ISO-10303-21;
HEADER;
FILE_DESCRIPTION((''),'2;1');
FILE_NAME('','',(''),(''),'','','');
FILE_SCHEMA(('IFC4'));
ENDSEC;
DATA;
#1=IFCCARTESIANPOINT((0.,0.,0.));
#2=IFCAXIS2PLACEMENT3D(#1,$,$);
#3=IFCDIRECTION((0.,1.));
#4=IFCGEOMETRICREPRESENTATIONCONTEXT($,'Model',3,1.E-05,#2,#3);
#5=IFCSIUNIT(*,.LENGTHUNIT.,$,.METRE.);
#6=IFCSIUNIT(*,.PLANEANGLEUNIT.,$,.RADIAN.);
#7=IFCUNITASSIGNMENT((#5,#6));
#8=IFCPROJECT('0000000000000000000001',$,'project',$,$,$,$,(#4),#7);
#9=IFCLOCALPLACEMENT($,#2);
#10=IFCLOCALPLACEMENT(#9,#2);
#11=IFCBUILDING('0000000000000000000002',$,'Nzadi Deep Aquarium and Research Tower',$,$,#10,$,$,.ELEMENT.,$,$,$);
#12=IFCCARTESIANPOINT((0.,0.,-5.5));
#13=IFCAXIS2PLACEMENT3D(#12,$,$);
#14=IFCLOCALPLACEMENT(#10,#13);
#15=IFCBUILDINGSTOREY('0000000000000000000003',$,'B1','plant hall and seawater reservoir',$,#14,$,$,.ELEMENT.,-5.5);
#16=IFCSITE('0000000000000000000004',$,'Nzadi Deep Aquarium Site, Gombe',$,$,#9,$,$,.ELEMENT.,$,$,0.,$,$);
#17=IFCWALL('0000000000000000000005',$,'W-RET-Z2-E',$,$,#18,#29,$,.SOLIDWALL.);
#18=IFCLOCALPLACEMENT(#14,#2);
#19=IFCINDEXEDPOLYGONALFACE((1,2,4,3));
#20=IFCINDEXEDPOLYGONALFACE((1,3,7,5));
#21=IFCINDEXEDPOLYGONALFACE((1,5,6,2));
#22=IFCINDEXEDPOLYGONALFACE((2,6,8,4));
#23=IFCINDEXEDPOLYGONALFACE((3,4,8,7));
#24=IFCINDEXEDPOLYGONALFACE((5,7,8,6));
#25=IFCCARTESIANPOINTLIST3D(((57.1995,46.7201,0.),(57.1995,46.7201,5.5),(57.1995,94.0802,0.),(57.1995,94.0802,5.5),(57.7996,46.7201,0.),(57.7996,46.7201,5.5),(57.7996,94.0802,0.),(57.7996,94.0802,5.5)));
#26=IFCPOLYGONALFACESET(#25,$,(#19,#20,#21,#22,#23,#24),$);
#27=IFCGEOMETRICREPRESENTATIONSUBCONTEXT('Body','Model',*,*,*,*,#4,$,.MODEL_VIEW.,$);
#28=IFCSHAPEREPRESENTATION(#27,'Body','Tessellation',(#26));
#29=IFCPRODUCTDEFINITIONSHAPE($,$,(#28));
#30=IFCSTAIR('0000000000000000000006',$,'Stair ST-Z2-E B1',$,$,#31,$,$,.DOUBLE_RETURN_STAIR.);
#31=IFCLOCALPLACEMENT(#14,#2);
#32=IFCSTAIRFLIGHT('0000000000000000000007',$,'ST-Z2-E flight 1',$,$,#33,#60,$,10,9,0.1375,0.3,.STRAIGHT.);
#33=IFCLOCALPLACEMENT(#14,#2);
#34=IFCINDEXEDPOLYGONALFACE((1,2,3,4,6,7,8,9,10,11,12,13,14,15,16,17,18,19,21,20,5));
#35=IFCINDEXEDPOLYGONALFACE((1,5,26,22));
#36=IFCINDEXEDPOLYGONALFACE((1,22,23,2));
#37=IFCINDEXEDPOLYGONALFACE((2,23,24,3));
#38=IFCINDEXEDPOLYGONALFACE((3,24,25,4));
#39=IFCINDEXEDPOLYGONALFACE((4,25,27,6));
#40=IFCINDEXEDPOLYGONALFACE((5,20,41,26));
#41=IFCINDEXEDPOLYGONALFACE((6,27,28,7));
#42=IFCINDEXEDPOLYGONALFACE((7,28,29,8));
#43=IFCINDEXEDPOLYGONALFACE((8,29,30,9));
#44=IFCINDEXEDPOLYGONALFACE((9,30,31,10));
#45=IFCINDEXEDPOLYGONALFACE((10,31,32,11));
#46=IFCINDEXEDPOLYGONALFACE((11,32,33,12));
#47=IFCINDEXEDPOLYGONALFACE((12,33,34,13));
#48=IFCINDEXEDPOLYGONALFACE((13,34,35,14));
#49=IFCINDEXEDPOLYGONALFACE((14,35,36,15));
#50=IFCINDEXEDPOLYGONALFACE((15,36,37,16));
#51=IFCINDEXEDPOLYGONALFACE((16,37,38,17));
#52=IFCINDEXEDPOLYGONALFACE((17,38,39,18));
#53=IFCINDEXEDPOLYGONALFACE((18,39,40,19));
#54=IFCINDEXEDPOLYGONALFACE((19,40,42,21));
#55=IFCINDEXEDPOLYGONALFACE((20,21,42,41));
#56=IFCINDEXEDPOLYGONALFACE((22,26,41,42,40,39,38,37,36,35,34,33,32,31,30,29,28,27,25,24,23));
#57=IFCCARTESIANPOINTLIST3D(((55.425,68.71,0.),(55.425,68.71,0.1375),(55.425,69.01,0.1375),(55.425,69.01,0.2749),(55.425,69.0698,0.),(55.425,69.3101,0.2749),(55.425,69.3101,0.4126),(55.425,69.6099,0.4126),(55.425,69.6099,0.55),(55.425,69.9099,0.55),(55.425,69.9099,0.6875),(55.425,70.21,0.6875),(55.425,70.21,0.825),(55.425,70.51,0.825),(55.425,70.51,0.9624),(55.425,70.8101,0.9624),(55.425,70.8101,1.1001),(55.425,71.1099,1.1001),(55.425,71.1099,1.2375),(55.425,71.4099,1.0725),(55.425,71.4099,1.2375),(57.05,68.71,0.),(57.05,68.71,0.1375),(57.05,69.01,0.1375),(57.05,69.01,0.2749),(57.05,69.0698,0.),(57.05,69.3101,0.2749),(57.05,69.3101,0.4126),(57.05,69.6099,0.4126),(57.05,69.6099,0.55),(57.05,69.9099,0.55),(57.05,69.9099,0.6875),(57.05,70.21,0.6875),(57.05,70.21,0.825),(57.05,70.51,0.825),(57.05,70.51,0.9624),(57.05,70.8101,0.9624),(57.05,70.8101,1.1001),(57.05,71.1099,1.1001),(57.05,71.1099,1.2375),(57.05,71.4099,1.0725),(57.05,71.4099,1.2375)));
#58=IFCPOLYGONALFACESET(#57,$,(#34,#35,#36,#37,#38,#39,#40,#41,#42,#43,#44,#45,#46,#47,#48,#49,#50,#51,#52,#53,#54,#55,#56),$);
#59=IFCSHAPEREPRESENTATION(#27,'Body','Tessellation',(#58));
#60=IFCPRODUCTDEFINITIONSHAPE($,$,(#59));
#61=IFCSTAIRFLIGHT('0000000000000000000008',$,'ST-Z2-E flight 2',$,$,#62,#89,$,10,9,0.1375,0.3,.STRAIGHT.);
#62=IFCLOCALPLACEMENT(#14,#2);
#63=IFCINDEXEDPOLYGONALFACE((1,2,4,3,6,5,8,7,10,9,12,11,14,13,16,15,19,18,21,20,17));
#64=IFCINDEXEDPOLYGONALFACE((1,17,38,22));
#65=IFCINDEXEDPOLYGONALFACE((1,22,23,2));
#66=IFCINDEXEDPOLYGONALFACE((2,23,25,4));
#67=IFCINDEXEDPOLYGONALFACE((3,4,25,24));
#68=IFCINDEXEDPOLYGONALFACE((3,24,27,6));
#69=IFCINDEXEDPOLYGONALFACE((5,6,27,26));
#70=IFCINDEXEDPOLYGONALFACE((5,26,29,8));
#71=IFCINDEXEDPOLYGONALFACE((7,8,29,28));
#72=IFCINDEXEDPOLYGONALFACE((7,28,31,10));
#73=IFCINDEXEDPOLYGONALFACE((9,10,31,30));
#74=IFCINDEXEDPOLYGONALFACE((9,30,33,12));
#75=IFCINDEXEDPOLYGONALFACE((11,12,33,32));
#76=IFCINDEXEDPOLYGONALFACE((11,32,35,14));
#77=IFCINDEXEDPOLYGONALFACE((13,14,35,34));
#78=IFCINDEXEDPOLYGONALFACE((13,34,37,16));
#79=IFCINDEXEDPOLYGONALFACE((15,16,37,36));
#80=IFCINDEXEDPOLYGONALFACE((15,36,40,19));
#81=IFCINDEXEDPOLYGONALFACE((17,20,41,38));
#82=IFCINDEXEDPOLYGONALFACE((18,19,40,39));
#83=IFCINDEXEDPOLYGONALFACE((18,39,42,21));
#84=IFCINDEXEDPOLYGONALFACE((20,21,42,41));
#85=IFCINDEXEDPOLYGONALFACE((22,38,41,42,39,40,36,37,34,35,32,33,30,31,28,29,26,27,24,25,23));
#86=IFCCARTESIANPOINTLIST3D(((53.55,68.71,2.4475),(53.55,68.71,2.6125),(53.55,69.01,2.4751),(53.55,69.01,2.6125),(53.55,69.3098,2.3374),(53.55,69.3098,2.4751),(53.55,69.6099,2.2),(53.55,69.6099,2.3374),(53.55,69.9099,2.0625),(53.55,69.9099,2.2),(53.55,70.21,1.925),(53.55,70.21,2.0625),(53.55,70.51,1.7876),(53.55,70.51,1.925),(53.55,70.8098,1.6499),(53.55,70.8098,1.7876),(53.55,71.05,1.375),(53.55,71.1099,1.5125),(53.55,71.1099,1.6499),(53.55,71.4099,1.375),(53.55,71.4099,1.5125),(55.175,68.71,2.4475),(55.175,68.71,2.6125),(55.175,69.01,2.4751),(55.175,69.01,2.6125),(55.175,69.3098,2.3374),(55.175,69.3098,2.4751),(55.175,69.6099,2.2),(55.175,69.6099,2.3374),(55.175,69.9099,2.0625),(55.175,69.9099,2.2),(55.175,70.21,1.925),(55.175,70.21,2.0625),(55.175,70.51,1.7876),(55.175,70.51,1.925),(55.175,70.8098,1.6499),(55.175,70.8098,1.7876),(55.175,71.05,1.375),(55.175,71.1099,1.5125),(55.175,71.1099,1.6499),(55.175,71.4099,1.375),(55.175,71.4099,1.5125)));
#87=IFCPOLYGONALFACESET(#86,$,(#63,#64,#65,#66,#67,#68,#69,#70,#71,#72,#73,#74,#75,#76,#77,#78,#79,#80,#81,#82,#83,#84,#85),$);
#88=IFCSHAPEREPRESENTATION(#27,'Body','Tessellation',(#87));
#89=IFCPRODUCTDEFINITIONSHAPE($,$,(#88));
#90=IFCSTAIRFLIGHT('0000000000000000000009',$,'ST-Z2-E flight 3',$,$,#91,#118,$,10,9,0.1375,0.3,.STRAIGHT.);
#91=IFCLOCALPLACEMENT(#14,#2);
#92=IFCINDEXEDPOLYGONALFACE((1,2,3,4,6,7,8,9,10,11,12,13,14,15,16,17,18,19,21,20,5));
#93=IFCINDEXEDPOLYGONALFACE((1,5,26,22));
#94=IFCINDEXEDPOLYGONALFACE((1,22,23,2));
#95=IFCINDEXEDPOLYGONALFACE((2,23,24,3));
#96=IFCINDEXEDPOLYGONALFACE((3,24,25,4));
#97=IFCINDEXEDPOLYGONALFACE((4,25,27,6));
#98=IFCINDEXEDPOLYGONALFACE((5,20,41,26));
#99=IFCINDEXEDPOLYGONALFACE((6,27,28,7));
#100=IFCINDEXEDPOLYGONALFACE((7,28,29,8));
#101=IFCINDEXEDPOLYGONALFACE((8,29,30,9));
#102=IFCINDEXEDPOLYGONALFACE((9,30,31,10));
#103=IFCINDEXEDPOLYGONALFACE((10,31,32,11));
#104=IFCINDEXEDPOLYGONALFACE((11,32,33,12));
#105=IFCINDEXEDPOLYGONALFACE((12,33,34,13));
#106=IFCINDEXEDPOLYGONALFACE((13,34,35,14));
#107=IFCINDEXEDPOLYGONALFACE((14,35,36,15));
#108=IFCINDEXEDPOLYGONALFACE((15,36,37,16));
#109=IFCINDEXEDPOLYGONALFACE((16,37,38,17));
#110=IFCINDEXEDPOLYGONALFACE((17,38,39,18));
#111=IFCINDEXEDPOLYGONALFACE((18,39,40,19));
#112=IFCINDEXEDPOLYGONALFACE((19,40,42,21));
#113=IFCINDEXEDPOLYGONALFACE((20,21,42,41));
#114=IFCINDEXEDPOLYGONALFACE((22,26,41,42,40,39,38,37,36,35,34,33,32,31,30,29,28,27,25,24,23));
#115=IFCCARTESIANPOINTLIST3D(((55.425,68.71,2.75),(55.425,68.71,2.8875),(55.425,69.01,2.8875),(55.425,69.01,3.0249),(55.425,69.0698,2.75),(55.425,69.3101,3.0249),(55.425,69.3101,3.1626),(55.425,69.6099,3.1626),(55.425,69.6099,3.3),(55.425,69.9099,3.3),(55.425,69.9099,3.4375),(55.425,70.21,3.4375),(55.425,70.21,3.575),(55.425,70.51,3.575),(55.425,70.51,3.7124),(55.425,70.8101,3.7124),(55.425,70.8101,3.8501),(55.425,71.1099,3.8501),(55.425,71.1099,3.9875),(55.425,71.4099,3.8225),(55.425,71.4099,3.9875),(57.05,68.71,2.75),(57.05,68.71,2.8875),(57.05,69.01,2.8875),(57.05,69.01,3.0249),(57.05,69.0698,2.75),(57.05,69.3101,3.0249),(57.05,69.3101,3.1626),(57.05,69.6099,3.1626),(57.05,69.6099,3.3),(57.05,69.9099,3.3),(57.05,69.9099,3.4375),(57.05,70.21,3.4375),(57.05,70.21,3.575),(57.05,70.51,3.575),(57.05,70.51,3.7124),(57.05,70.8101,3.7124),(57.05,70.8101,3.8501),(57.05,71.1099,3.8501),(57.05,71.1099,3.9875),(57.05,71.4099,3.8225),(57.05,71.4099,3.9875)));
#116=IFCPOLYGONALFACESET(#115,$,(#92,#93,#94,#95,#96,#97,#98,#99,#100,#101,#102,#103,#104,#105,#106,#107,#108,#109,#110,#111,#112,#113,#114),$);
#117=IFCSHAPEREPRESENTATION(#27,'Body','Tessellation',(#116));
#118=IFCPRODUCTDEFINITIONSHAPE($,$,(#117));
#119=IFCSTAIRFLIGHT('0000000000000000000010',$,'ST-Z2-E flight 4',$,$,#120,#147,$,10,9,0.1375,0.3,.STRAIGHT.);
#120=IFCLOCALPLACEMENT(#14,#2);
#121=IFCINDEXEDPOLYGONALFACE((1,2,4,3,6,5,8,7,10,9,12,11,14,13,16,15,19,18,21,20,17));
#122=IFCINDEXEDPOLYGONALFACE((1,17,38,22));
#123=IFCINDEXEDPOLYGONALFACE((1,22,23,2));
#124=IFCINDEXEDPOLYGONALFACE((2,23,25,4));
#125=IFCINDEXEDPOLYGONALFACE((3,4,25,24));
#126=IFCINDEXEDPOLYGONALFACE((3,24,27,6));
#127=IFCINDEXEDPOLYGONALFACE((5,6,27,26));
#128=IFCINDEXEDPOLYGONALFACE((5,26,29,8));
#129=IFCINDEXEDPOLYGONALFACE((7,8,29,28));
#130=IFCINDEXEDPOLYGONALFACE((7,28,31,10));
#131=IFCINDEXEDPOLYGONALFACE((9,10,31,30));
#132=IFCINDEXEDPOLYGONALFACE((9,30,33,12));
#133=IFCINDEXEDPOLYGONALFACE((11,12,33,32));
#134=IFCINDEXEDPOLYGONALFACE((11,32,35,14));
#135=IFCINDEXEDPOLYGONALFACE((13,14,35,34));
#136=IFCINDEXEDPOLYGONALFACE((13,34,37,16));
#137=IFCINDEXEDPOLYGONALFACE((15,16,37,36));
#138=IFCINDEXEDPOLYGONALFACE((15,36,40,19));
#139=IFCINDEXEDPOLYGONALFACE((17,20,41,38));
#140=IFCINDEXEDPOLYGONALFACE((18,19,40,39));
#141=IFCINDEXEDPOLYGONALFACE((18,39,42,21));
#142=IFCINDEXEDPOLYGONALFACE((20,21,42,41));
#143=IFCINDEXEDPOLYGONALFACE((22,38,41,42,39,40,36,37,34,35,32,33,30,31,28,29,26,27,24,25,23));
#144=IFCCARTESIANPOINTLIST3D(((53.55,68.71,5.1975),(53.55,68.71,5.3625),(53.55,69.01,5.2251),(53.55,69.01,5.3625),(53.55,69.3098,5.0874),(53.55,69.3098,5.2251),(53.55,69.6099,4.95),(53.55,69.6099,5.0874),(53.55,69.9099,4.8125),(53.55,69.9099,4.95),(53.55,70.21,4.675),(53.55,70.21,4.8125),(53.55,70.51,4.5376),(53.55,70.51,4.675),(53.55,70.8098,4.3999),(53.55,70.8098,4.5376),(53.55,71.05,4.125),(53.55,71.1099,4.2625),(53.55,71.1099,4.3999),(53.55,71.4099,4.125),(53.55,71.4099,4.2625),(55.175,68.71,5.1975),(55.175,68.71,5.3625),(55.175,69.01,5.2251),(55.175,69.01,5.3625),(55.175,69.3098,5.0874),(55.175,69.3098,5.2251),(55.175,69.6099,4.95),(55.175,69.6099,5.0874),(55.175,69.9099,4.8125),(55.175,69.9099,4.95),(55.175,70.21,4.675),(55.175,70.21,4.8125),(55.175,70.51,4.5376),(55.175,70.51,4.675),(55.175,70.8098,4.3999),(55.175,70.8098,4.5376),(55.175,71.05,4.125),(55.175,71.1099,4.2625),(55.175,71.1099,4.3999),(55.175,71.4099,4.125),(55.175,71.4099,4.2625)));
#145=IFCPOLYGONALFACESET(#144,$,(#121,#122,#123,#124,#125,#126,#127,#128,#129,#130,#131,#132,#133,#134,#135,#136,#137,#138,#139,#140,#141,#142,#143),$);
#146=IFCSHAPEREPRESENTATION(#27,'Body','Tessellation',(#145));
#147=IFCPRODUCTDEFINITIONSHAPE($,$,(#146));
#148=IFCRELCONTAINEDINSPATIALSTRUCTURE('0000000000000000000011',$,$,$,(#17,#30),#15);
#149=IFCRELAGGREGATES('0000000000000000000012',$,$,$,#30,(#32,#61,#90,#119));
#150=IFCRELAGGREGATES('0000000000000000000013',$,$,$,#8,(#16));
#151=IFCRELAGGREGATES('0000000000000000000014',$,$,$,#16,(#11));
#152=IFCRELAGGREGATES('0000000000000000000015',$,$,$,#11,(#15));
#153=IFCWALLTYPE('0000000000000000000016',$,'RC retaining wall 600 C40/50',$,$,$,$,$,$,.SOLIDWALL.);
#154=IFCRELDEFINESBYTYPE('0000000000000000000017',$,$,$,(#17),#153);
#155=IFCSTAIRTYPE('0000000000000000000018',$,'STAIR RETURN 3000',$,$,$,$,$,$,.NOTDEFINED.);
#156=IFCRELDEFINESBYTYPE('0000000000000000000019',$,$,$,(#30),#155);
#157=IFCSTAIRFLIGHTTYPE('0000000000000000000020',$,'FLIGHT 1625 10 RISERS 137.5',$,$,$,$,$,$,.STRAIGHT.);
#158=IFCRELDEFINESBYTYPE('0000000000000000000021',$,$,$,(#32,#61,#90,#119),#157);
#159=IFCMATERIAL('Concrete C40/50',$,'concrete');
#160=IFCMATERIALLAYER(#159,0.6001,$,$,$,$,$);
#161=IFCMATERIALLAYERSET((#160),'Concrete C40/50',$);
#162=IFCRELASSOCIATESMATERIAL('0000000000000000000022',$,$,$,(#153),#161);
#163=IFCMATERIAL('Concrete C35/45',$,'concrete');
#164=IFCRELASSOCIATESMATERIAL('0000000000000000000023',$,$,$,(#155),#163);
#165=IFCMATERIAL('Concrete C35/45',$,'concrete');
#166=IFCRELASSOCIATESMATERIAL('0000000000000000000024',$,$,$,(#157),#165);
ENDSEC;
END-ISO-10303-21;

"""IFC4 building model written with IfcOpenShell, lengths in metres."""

from ifc_helpers import new_model, si_unit, direction, frame, frame_2d, origin, place, context, subcontext, project, spatial, polyline, rectangle, outline, extrude, material, layer, layer_set, type_object, element, aggregate, save


model = new_model("IFC4")

# Units and contexts
model_context = context("Model", 3, precision=1e-05, world=origin(), true_north=direction((0.0, 1.0)))
body_context = subcontext(model_context, "Body", "Model", "MODEL_VIEW")
ifc_project = project(units=[si_unit("LENGTHUNIT", "METRE"), si_unit("PLANEANGLEUNIT", "RADIAN")], contexts=[model_context])

# Site, building, storey
site_placement = place(None, origin())
site = spatial("IfcSite", under=ifc_project, at=site_placement, Name="Nzadi Deep Aquarium Site, Gombe", CompositionType="ELEMENT", RefElevation=0.0)
building_placement = place(site_placement, origin())
building = spatial("IfcBuilding", under=site, at=building_placement, Name="Nzadi Deep Aquarium and Research Tower", CompositionType="ELEMENT")
storey_placement = place(building_placement, frame((0.0, 0.0, -5.5)))
storey = spatial("IfcBuildingStorey", under=building, at=storey_placement, Name="B1", Description="plant hall and seawater reservoir", CompositionType="ELEMENT", Elevation=-5.5)

# Wall
ifc_material_1 = material(Name="Concrete C40/50", Category="concrete")
ifc_layer_1 = layer(ifc_material_1, 0.6001)
ifc_layer_set_1 = layer_set([ifc_layer_1], Name="Concrete C40/50")
wall_type_1 = type_object("IfcWallType", Name="RC retaining wall 600 C40/50", PredefinedType="SOLIDWALL", material=ifc_layer_set_1)
wall_1_placement = place(storey_placement, frame((57.4995, 46.72, 0.0), z_axis=(0.0, 0.0, 1.0), x_axis=(0.0, 1.0, 0.0)))
element("IfcWall", 1, at=wall_1_placement, inside=storey, type_object=wall_type_1, Name="W-RET-Z2-E", PredefinedType="SOLIDWALL", context=body_context, shape_type="SweptSolid", body=[
    extrude(rectangle(XDim=47.3601, YDim=0.6001, at=frame_2d((23.6802, 0.0))), origin(), (0.0, 0.0, 1.0), 5.5),
])

# Stair, stair flights
ifc_material_2 = material(Name="Concrete C35/45", Category="concrete")
stair_type = type_object("IfcStairType", Name="STAIR RETURN 3000", PredefinedType="NOTDEFINED", material=ifc_material_2)
stair_placement = place(storey_placement, origin())
stair = element("IfcStair", 2, at=stair_placement, inside=storey, type_object=stair_type, Name="Stair ST-Z2-E B1", PredefinedType="DOUBLE_RETURN_STAIR")
ifc_material_3 = material(Name="Concrete C35/45", Category="concrete")
stair_flight_type = type_object("IfcStairFlightType", Name="FLIGHT 1625 10 RISERS 137.5", PredefinedType="STRAIGHT", material=ifc_material_3)
stair_flight_1_placement = place(storey_placement, frame((56.2375, 68.71, 0.0), z_axis=(0.0, 0.0, 1.0), x_axis=(0.0, 1.0, 0.0)))
stair_flight_1 = element("IfcStairFlight", 3, at=stair_flight_1_placement, type_object=stair_flight_type, Name="ST-Z2-E flight 1", NumberOfRisers=10, NumberOfTreads=9, PredefinedType="STRAIGHT", RiserHeight=0.1375, TreadLength=0.3, context=body_context, shape_type="SweptSolid", body=[
    extrude(outline(polyline([(0.0, 0.0), (0.0, 0.1375), (0.3, 0.1375), (0.3, 0.2749), (0.6001, 0.2749), (0.6001, 0.4126), (0.8999, 0.4126), (0.8999, 0.55), (1.2, 0.55), (1.2, 0.6875), (1.5, 0.6875), (1.5, 0.825), (1.8, 0.825), (1.8, 0.9624), (2.1001, 0.9624), (2.1001, 1.1001), (2.3999, 1.1001), (2.3999, 1.2375), (2.7, 1.2375), (2.7, 1.375), (2.7, 1.0725), (0.3599, 0.0), (0.0, 0.0)])), frame((0.0, 0.8125, 0.0), z_axis=(0.0, -1.0, 0.0), x_axis=(1.0, 0.0, 0.0)), (0.0, 0.0, 1.0), 1.625),
])
stair_flight_2_placement = place(storey_placement, frame((54.3625, 71.4099, 1.375), z_axis=(0.0, 0.0, 1.0), x_axis=(0.0, -1.0, 0.0)))
stair_flight_2 = element("IfcStairFlight", 4, at=stair_flight_2_placement, type_object=stair_flight_type, Name="ST-Z2-E flight 2", NumberOfRisers=10, NumberOfTreads=9, PredefinedType="STRAIGHT", RiserHeight=0.1375, TreadLength=0.3, context=body_context, shape_type="SweptSolid", body=[
    extrude(outline(polyline([(0.0, 0.0), (0.0, 0.1375), (0.3, 0.1375), (0.3, 0.2749), (0.6001, 0.2749), (0.6001, 0.4126), (0.8999, 0.4126), (0.8999, 0.55), (1.2, 0.55), (1.2, 0.6875), (1.5, 0.6875), (1.5, 0.825), (1.8, 0.825), (1.8, 0.9624), (2.1001, 0.9624), (2.1001, 1.1001), (2.3999, 1.1001), (2.3999, 1.2375), (2.7, 1.2375), (2.7, 1.375), (2.7, 1.0725), (0.3599, 0.0), (0.0, 0.0)])), frame((0.0, 0.8125, 0.0), z_axis=(0.0, -1.0, 0.0), x_axis=(1.0, 0.0, 0.0)), (0.0, 0.0, 1.0), 1.625),
])
stair_flight_3_placement = place(storey_placement, frame((56.2375, 68.71, 2.75), z_axis=(0.0, 0.0, 1.0), x_axis=(0.0, 1.0, 0.0)))
stair_flight_3 = element("IfcStairFlight", 5, at=stair_flight_3_placement, type_object=stair_flight_type, Name="ST-Z2-E flight 3", NumberOfRisers=10, NumberOfTreads=9, PredefinedType="STRAIGHT", RiserHeight=0.1375, TreadLength=0.3, context=body_context, shape_type="SweptSolid", body=[
    extrude(outline(polyline([(0.0, 0.0), (0.0, 0.1375), (0.3, 0.1375), (0.3, 0.2749), (0.6001, 0.2749), (0.6001, 0.4126), (0.8999, 0.4126), (0.8999, 0.55), (1.2, 0.55), (1.2, 0.6875), (1.5, 0.6875), (1.5, 0.825), (1.8, 0.825), (1.8, 0.9624), (2.1001, 0.9624), (2.1001, 1.1001), (2.3999, 1.1001), (2.3999, 1.2375), (2.7, 1.2375), (2.7, 1.375), (2.7, 1.0725), (0.3599, 0.0), (0.0, 0.0)])), frame((0.0, 0.8125, 0.0), z_axis=(0.0, -1.0, 0.0), x_axis=(1.0, 0.0, 0.0)), (0.0, 0.0, 1.0), 1.625),
])
stair_flight_4_placement = place(storey_placement, frame((54.3625, 71.4099, 4.125), z_axis=(0.0, 0.0, 1.0), x_axis=(0.0, -1.0, 0.0)))
stair_flight_4 = element("IfcStairFlight", 6, at=stair_flight_4_placement, type_object=stair_flight_type, Name="ST-Z2-E flight 4", NumberOfRisers=10, NumberOfTreads=9, PredefinedType="STRAIGHT", RiserHeight=0.1375, TreadLength=0.3, context=body_context, shape_type="SweptSolid", body=[
    extrude(outline(polyline([(0.0, 0.0), (0.0, 0.1375), (0.3, 0.1375), (0.3, 0.2749), (0.6001, 0.2749), (0.6001, 0.4126), (0.8999, 0.4126), (0.8999, 0.55), (1.2, 0.55), (1.2, 0.6875), (1.5, 0.6875), (1.5, 0.825), (1.8, 0.825), (1.8, 0.9624), (2.1001, 0.9624), (2.1001, 1.1001), (2.3999, 1.1001), (2.3999, 1.2375), (2.7, 1.2375), (2.7, 1.375), (2.7, 1.0725), (0.3599, 0.0), (0.0, 0.0)])), frame((0.0, 0.8125, 0.0), z_axis=(0.0, -1.0, 0.0), x_axis=(1.0, 0.0, 0.0)), (0.0, 0.0, 1.0), 1.625),
])
aggregate(stair, [stair_flight_1, stair_flight_2, stair_flight_3, stair_flight_4])

save(model, "model.ifc")
